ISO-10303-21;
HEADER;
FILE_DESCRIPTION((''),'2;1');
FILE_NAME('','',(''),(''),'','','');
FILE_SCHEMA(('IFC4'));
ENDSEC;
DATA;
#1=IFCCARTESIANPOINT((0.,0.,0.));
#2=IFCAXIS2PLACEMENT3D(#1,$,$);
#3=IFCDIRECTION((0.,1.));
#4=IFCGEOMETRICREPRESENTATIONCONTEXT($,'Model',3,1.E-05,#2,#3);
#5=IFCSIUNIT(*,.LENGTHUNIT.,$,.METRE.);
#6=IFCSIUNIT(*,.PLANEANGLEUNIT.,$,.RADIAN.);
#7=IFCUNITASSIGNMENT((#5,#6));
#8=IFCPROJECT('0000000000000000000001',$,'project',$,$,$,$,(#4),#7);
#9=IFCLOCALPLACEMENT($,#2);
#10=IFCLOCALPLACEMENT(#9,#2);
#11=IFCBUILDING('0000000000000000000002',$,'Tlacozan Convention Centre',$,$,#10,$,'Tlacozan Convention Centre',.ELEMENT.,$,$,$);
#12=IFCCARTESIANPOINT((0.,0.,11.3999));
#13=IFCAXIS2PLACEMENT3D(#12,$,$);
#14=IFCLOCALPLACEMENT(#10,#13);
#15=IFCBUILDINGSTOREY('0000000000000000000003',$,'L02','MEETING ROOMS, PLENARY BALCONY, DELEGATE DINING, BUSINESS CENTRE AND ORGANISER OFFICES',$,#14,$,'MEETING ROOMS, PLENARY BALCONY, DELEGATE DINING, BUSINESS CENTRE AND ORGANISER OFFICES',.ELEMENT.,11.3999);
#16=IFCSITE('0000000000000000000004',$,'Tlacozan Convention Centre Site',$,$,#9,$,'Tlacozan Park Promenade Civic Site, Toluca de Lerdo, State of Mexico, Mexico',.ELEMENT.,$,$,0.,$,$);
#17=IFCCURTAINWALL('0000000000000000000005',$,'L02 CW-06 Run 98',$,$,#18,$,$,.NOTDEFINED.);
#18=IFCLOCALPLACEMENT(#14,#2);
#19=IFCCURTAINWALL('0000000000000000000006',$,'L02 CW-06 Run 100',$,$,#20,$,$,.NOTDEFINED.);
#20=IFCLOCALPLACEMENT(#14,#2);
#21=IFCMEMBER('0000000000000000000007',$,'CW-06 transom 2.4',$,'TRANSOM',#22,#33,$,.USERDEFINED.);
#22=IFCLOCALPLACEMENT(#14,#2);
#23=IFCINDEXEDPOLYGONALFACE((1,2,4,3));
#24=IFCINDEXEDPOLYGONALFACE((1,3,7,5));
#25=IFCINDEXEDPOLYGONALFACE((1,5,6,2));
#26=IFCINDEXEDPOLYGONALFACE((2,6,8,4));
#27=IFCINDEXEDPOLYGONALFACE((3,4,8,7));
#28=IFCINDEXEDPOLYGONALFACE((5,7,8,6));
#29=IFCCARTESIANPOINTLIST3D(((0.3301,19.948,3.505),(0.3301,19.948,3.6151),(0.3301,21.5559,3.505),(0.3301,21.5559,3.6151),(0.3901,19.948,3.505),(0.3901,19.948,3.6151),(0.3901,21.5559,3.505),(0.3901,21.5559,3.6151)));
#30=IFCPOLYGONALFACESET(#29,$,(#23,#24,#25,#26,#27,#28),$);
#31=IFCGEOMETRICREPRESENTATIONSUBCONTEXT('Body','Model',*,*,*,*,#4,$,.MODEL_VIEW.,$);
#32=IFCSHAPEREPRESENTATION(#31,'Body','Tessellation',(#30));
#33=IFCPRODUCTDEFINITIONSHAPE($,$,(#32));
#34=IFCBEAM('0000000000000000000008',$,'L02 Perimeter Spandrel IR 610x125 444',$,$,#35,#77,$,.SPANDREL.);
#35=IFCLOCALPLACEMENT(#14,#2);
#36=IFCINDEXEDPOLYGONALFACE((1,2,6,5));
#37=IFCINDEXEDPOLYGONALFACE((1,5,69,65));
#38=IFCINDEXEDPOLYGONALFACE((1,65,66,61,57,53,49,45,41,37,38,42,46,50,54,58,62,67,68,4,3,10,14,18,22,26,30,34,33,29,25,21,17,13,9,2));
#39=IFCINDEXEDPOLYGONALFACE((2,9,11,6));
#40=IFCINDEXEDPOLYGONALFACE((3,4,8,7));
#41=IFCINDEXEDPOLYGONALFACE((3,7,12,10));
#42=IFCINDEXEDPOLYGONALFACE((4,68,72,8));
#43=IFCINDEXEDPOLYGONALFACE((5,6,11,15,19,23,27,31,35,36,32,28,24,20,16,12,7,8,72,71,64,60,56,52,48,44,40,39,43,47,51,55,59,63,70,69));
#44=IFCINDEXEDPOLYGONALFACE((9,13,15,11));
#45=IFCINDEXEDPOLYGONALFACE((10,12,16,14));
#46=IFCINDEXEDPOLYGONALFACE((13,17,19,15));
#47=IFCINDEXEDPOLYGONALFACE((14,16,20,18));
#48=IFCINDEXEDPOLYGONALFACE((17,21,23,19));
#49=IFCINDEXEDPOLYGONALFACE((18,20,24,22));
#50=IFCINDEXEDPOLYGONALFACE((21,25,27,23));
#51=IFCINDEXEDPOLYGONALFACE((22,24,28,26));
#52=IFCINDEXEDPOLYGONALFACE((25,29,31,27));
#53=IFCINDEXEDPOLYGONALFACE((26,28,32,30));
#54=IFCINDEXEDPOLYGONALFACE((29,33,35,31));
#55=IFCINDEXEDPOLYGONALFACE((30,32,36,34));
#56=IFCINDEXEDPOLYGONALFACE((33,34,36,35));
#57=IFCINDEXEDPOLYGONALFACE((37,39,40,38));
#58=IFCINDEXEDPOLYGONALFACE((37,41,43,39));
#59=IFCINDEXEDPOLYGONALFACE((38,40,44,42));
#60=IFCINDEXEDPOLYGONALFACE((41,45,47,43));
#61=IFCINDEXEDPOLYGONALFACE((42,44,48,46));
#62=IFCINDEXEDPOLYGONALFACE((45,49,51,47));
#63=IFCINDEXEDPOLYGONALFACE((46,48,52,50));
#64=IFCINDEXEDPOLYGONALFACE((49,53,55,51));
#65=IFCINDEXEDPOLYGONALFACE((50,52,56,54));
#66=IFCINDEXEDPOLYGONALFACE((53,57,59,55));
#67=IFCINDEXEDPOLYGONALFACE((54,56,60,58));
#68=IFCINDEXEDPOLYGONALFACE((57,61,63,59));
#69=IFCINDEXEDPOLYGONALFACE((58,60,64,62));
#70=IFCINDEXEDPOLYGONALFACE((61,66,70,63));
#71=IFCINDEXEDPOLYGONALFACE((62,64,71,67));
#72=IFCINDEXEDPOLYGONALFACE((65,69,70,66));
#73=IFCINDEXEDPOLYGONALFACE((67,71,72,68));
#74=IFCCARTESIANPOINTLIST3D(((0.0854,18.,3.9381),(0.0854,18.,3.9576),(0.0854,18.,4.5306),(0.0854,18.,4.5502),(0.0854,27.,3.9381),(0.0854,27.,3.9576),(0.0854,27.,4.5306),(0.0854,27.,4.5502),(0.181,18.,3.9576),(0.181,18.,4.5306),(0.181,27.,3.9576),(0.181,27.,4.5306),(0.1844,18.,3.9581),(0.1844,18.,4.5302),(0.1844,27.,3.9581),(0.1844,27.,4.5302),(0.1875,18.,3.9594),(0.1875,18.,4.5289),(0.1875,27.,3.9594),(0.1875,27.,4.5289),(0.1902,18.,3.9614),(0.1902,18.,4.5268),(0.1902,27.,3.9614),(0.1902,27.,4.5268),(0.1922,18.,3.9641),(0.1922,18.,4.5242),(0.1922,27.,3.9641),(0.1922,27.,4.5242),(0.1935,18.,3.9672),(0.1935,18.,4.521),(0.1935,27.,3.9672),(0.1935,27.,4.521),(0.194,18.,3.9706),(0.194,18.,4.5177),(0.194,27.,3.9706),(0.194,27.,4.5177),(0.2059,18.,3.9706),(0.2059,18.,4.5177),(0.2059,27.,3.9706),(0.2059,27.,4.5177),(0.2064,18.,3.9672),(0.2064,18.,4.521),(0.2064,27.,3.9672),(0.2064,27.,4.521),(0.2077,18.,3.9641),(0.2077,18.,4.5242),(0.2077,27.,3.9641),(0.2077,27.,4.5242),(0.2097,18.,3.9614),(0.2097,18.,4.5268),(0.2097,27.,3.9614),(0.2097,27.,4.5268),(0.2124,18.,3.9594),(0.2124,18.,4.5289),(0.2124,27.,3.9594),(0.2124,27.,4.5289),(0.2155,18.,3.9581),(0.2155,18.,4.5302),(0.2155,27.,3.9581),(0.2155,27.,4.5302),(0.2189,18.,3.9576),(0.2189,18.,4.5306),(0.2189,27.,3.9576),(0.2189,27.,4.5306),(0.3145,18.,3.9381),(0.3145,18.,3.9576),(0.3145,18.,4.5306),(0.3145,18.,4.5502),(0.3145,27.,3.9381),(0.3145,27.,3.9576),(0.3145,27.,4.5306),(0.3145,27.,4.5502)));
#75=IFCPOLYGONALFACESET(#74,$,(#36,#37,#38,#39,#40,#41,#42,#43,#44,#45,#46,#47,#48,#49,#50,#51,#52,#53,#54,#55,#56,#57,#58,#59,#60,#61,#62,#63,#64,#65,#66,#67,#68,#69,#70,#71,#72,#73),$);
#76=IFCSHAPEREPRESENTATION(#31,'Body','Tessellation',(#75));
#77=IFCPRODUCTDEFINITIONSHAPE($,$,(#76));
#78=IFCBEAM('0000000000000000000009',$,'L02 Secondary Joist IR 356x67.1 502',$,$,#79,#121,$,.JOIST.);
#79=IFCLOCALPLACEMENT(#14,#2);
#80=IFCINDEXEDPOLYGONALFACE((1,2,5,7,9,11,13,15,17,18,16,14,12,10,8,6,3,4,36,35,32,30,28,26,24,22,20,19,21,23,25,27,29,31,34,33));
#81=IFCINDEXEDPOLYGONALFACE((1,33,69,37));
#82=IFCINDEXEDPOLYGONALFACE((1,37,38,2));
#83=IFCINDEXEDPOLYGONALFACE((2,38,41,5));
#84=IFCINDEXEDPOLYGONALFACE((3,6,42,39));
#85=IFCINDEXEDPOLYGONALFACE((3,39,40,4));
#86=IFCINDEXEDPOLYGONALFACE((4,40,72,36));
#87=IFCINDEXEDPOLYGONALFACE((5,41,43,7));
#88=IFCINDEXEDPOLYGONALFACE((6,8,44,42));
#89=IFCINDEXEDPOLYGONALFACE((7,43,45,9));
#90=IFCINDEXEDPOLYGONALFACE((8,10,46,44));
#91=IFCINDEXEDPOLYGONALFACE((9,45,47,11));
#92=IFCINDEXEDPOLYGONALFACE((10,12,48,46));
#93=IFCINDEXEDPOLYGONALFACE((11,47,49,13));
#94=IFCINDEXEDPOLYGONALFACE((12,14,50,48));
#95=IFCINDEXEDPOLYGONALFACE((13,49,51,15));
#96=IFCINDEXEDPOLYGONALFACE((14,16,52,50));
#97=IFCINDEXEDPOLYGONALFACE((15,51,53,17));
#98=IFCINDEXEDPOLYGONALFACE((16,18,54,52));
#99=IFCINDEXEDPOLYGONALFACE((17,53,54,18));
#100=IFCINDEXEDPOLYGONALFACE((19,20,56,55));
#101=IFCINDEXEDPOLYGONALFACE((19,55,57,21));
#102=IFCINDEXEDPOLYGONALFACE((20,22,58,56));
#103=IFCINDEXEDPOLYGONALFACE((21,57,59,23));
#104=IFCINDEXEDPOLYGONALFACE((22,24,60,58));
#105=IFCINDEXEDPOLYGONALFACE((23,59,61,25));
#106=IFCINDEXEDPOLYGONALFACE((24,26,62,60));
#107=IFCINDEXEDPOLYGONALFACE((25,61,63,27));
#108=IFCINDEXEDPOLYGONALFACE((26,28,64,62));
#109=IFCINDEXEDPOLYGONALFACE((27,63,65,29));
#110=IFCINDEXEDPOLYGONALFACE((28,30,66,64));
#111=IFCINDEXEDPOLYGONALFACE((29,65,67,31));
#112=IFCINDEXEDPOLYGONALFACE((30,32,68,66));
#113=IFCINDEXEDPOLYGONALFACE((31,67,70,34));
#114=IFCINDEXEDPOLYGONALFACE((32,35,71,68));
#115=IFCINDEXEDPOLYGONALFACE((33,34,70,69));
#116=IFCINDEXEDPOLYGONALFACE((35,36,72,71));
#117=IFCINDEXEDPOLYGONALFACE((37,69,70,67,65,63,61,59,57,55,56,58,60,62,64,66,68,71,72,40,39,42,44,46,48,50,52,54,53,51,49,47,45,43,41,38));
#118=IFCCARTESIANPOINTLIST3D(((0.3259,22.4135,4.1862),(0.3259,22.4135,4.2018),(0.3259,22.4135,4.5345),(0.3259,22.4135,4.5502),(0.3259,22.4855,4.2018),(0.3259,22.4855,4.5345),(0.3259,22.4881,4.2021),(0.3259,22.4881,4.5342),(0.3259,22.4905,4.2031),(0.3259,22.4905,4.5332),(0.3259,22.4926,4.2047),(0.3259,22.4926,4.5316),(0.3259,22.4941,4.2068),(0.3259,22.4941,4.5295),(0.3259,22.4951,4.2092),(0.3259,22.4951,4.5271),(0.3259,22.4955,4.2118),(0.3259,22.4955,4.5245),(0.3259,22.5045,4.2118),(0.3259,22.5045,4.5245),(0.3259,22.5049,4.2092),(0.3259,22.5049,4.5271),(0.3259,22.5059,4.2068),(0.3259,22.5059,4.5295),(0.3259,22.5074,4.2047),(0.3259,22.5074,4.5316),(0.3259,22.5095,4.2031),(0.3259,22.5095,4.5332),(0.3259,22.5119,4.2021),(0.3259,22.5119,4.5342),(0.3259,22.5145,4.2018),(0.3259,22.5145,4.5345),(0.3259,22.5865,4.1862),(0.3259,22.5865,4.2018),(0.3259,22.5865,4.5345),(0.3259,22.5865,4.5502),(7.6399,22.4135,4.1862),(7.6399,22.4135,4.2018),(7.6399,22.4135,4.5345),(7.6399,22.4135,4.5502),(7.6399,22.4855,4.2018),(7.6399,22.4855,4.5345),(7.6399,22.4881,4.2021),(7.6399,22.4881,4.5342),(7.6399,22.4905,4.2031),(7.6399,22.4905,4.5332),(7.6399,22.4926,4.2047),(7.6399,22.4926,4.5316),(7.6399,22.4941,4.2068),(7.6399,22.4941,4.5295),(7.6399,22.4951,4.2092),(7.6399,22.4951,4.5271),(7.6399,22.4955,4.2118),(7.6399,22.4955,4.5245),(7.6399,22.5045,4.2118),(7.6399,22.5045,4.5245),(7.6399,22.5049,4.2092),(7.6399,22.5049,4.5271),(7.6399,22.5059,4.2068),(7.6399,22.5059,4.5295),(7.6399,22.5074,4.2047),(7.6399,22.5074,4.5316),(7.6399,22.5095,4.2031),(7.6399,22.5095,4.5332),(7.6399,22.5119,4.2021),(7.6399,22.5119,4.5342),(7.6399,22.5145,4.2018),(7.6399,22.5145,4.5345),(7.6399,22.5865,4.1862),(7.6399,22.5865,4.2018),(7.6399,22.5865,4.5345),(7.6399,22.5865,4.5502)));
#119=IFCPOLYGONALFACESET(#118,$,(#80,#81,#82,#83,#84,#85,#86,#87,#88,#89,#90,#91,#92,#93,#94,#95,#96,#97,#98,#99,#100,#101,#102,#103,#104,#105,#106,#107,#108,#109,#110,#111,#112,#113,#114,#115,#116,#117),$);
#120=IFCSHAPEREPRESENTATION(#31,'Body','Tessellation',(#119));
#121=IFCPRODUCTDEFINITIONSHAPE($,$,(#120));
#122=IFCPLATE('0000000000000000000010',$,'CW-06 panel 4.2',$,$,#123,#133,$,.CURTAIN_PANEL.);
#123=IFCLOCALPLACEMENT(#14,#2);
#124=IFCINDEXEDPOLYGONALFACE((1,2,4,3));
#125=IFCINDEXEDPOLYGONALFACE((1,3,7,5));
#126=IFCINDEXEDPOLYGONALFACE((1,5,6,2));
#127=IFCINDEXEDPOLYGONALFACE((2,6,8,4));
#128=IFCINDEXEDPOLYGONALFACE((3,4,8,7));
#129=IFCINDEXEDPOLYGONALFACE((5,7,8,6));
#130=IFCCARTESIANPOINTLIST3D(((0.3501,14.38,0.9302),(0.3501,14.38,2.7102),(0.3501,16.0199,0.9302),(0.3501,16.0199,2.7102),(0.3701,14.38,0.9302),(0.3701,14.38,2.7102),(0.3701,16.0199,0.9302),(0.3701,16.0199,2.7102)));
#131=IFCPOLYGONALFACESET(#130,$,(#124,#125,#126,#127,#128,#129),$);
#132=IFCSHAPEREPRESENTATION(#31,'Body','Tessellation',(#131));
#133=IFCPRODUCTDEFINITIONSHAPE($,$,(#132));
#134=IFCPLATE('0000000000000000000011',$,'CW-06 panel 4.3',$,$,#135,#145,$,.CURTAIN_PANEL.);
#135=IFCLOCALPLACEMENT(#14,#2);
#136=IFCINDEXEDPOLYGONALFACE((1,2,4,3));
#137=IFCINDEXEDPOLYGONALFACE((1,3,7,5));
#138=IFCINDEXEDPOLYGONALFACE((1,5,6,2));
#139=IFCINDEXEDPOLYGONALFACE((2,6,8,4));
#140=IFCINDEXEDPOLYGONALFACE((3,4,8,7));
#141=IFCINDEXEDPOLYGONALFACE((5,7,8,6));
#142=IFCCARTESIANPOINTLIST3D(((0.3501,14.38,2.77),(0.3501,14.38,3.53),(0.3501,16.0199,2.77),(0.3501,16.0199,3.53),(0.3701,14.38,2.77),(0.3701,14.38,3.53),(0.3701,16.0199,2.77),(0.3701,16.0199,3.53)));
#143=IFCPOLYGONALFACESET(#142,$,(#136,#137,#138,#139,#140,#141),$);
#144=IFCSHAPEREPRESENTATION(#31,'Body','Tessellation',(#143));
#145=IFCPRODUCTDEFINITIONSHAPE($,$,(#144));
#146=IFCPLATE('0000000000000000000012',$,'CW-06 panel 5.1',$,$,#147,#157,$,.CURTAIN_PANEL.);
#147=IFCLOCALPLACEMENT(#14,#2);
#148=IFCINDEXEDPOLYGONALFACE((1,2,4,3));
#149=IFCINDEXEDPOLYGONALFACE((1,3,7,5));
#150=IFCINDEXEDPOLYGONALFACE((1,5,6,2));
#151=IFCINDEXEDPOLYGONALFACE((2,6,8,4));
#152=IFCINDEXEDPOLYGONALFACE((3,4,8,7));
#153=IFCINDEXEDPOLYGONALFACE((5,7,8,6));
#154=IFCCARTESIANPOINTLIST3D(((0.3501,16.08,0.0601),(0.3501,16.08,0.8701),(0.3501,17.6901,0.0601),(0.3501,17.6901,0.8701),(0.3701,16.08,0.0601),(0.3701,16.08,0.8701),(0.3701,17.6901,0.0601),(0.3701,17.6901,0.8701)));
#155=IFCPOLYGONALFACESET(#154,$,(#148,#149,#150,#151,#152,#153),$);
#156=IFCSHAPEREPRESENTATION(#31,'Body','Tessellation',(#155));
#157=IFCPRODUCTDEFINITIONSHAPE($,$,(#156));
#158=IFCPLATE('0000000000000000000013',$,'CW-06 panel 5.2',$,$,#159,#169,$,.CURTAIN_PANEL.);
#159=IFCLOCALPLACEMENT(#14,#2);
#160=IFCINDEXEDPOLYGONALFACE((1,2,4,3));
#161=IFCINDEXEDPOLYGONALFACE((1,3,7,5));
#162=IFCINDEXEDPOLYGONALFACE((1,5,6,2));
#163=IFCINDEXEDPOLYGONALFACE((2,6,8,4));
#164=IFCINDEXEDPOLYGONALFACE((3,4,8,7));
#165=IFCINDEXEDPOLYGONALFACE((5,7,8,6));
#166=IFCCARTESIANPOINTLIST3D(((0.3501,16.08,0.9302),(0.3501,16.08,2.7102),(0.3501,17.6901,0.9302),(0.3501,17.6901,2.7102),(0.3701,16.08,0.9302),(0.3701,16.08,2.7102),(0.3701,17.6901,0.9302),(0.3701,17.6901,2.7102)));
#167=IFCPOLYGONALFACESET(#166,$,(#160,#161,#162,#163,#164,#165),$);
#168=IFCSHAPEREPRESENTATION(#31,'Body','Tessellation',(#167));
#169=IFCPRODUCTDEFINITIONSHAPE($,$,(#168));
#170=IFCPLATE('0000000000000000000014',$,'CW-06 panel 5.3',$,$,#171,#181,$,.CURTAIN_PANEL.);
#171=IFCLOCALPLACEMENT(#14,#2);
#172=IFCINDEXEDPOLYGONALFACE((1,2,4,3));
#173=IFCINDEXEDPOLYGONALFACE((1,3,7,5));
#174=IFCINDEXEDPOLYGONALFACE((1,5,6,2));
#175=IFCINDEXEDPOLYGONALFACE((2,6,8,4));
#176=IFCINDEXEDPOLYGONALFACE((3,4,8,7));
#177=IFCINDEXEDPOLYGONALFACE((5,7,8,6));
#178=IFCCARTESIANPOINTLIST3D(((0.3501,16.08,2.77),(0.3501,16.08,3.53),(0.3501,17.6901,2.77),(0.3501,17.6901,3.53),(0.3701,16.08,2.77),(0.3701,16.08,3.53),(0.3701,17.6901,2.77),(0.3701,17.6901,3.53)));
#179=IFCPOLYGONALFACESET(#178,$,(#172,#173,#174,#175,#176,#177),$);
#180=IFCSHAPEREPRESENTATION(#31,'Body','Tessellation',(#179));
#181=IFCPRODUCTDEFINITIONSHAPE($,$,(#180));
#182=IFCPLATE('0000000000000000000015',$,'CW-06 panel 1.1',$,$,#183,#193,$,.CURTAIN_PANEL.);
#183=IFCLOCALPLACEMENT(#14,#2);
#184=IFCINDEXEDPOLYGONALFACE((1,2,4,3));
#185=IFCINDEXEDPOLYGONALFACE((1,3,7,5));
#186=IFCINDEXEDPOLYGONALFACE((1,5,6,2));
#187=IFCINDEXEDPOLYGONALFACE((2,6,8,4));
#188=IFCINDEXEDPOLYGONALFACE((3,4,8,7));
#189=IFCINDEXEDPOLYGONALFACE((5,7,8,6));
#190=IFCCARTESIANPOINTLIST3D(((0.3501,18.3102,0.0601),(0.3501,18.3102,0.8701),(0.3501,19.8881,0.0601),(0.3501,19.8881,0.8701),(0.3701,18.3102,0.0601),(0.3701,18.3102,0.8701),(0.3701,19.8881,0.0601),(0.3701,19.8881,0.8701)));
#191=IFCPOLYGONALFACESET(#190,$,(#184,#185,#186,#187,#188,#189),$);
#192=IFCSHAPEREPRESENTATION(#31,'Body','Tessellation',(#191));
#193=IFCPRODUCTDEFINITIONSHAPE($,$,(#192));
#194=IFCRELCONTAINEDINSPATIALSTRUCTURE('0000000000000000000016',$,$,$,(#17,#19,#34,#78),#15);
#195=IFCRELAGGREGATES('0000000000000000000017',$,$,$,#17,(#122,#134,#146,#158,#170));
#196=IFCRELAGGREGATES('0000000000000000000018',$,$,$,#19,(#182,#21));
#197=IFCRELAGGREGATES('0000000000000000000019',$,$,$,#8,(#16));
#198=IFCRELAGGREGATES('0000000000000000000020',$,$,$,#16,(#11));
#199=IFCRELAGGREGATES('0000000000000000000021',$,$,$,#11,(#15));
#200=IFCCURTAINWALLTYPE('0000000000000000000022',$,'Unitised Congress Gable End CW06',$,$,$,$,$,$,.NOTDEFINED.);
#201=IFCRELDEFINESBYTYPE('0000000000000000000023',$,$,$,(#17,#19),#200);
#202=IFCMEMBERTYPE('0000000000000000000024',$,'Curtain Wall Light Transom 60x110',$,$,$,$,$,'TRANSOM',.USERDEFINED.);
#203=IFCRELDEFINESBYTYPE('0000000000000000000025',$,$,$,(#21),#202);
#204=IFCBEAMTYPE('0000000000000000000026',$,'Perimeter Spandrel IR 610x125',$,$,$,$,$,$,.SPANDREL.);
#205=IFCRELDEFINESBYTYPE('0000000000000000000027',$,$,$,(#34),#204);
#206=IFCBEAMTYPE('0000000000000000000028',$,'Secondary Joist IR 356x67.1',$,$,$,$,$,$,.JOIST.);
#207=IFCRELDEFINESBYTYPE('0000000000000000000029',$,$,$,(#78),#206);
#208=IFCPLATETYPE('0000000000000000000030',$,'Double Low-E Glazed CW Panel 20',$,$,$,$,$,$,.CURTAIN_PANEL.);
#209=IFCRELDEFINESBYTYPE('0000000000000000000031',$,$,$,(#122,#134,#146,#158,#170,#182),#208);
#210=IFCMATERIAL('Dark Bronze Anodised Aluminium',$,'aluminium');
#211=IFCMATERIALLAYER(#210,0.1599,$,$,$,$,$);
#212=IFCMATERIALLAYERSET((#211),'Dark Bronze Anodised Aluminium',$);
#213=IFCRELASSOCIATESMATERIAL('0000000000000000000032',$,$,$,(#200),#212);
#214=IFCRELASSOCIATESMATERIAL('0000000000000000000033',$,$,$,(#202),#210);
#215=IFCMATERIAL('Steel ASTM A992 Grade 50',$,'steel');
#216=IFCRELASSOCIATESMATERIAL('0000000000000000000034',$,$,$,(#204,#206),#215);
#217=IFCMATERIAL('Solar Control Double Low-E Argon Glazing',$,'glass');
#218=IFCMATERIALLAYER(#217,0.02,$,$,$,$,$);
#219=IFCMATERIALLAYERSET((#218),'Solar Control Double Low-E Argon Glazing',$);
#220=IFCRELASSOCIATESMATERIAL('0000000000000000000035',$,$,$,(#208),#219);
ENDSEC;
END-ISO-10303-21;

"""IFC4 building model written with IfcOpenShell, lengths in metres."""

from ifc_helpers import new_model, si_unit, direction, frame, origin, origin_2d, place, context, subcontext, project, spatial, rectangle, i_section, extrude, material, layer, layer_set, material_profile, profile_set, type_object, element, aggregate, save


model = new_model("IFC4")

# Units and contexts
model_context = context("Model", 3, precision=1e-05, world=origin(), true_north=direction((0.0, 1.0)))
body_context = subcontext(model_context, "Body", "Model", "MODEL_VIEW")
ifc_project = project(units=[si_unit("LENGTHUNIT", "METRE"), si_unit("PLANEANGLEUNIT", "RADIAN")], contexts=[model_context])

# Site, building, storey
site_placement = place(None, origin())
site = spatial("IfcSite", under=ifc_project, at=site_placement, Name="Tlacozan Convention Centre Site", LongName="Tlacozan Park Promenade Civic Site, Toluca de Lerdo, State of Mexico, Mexico", CompositionType="ELEMENT", RefElevation=0.0)
building_placement = place(site_placement, origin())
building = spatial("IfcBuilding", under=site, at=building_placement, Name="Tlacozan Convention Centre", LongName="Tlacozan Convention Centre", CompositionType="ELEMENT")
storey_placement = place(building_placement, frame((0.0, 0.0, 11.3999)))
storey = spatial("IfcBuildingStorey", under=building, at=storey_placement, Name="L02", Description="MEETING ROOMS, PLENARY BALCONY, DELEGATE DINING, BUSINESS CENTRE AND ORGANISER OFFICES", LongName="MEETING ROOMS, PLENARY BALCONY, DELEGATE DINING, BUSINESS CENTRE AND ORGANISER OFFICES", CompositionType="ELEMENT", Elevation=11.3999)

# Curtain walls
ifc_material_1 = material(Name="Dark Bronze Anodised Aluminium", Category="aluminium")
ifc_layer_1 = layer(ifc_material_1, 0.1599)
ifc_layer_set_1 = layer_set([ifc_layer_1], Name="Dark Bronze Anodised Aluminium")
curtain_wall_type = type_object("IfcCurtainWallType", Name="Unitised Congress Gable End CW06", PredefinedType="NOTDEFINED", material=ifc_layer_set_1)
curtain_wall_1_placement = place(storey_placement, origin())
curtain_wall_1 = element("IfcCurtainWall", 1, at=curtain_wall_1_placement, inside=storey, type_object=curtain_wall_type, Name="L02 CW-06 Run 98", PredefinedType="NOTDEFINED")
curtain_wall_2_placement = place(storey_placement, origin())
curtain_wall_2 = element("IfcCurtainWall", 2, at=curtain_wall_2_placement, inside=storey, type_object=curtain_wall_type, Name="L02 CW-06 Run 100", PredefinedType="NOTDEFINED")

# Member
ifc_material_profile_1 = material_profile(ifc_material_1, rectangle(XDim=0.0601, YDim=0.1101, at=origin_2d()), Name="ALU 60x110")
ifc_profile_set_1 = profile_set([ifc_material_profile_1], Name="Dark Bronze Anodised Aluminium")
member_type_1 = type_object("IfcMemberType", Name="Curtain Wall Light Transom 60x110", ElementType="TRANSOM", PredefinedType="USERDEFINED", material=ifc_profile_set_1)
member_1_placement = place(storey_placement, frame((0.3601, 19.948, 3.5601), z_axis=(0.0, 1.0, 0.0), x_axis=(-1.0, 0.0, 0.0)))
member_1 = element("IfcMember", 3, at=member_1_placement, type_object=member_type_1, Name="CW-06 transom 2.4", ObjectType="TRANSOM", PredefinedType="USERDEFINED", context=body_context, shape_type="SweptSolid", body=[
    extrude(rectangle(XDim=0.0601, YDim=0.1101, at=origin_2d()), origin(), (0.0, 0.0, 1.0), 1.6079),
])

# Beams
ifc_material_2 = material(Name="Steel ASTM A992 Grade 50", Category="steel")
ifc_material_profile_2 = material_profile(ifc_material_2, i_section(OverallWidth=0.229, OverallDepth=0.6121, WebThickness=0.012, FlangeThickness=0.0195, FilletRadius=0.0129, at=origin_2d()), Name="IR 610x125.0")
ifc_profile_set_2 = profile_set([ifc_material_profile_2], Name="Steel ASTM A992 Grade 50")
beam_type_1 = type_object("IfcBeamType", Name="Perimeter Spandrel IR 610x125", PredefinedType="SPANDREL", material=ifc_profile_set_2)
beam_1_placement = place(storey_placement, frame((0.2, 18.0, 4.2441), z_axis=(0.0, 1.0, 0.0), x_axis=(-1.0, 0.0, 0.0)))
element("IfcBeam", 4, at=beam_1_placement, inside=storey, type_object=beam_type_1, Name="L02 Perimeter Spandrel IR 610x125 444", PredefinedType="SPANDREL", context=body_context, shape_type="SweptSolid", body=[
    extrude(i_section(OverallWidth=0.229, OverallDepth=0.6121, WebThickness=0.012, FlangeThickness=0.0195, FilletRadius=0.0129, at=origin_2d()), origin(), (0.0, 0.0, 1.0), 9.0),
])
ifc_material_profile_3 = material_profile(ifc_material_2, i_section(OverallWidth=0.1731, OverallDepth=0.364, WebThickness=0.009, FlangeThickness=0.0156, FilletRadius=0.01, at=origin_2d()), Name="IR 356x67.1")
ifc_profile_set_3 = profile_set([ifc_material_profile_3], Name="Steel ASTM A992 Grade 50")
beam_type_2 = type_object("IfcBeamType", Name="Secondary Joist IR 356x67.1", PredefinedType="JOIST", material=ifc_profile_set_3)
beam_2_placement = place(storey_placement, frame((0.3259, 22.5, 4.3682), z_axis=(1.0, 0.0, 0.0), x_axis=(0.0, 1.0, 0.0)))
element("IfcBeam", 5, at=beam_2_placement, inside=storey, type_object=beam_type_2, Name="L02 Secondary Joist IR 356x67.1 502", PredefinedType="JOIST", context=body_context, shape_type="SweptSolid", body=[
    extrude(i_section(OverallWidth=0.1731, OverallDepth=0.364, WebThickness=0.009, FlangeThickness=0.0156, FilletRadius=0.01, at=origin_2d()), origin(), (0.0, 0.0, 1.0), 7.314),
])

# Plates
ifc_material_3 = material(Name="Solar Control Double Low-E Argon Glazing", Category="glass")
ifc_layer_2 = layer(ifc_material_3, 0.02)
ifc_layer_set_2 = layer_set([ifc_layer_2], Name="Solar Control Double Low-E Argon Glazing")
plate_type = type_object("IfcPlateType", Name="Double Low-E Glazed CW Panel 20", PredefinedType="CURTAIN_PANEL", material=ifc_layer_set_2)
plate_1_placement = place(storey_placement, frame((0.3601, 15.2, 0.9302), z_axis=(0.0, 0.0, 1.0), x_axis=(0.0, 1.0, 0.0)))
plate_1 = element("IfcPlate", 6, at=plate_1_placement, type_object=plate_type, Name="CW-06 panel 4.2", PredefinedType="CURTAIN_PANEL", context=body_context, shape_type="SweptSolid", body=[
    extrude(rectangle(XDim=1.6399, YDim=0.02, at=origin_2d()), origin(), (0.0, 0.0, 1.0), 1.78),
])
plate_2_placement = place(storey_placement, frame((0.3601, 15.2, 2.77), z_axis=(0.0, 0.0, 1.0), x_axis=(0.0, 1.0, 0.0)))
plate_2 = element("IfcPlate", 7, at=plate_2_placement, type_object=plate_type, Name="CW-06 panel 4.3", PredefinedType="CURTAIN_PANEL", context=body_context, shape_type="SweptSolid", body=[
    extrude(rectangle(XDim=1.6399, YDim=0.02, at=origin_2d()), origin(), (0.0, 0.0, 1.0), 0.76),
])
plate_3_placement = place(storey_placement, frame((0.3601, 16.885, 0.0601), z_axis=(0.0, 0.0, 1.0), x_axis=(0.0, 1.0, 0.0)))
plate_3 = element("IfcPlate", 8, at=plate_3_placement, type_object=plate_type, Name="CW-06 panel 5.1", PredefinedType="CURTAIN_PANEL", context=body_context, shape_type="SweptSolid", body=[
    extrude(rectangle(XDim=1.6101, YDim=0.02, at=origin_2d()), origin(), (0.0, 0.0, 1.0), 0.8101),
])
plate_4_placement = place(storey_placement, frame((0.3601, 16.885, 0.9302), z_axis=(0.0, 0.0, 1.0), x_axis=(0.0, 1.0, 0.0)))
plate_4 = element("IfcPlate", 9, at=plate_4_placement, type_object=plate_type, Name="CW-06 panel 5.2", PredefinedType="CURTAIN_PANEL", context=body_context, shape_type="SweptSolid", body=[
    extrude(rectangle(XDim=1.6101, YDim=0.02, at=origin_2d()), origin(), (0.0, 0.0, 1.0), 1.78),
])
plate_5_placement = place(storey_placement, frame((0.3601, 16.885, 2.77), z_axis=(0.0, 0.0, 1.0), x_axis=(0.0, 1.0, 0.0)))
plate_5 = element("IfcPlate", 10, at=plate_5_placement, type_object=plate_type, Name="CW-06 panel 5.3", PredefinedType="CURTAIN_PANEL", context=body_context, shape_type="SweptSolid", body=[
    extrude(rectangle(XDim=1.6101, YDim=0.02, at=origin_2d()), origin(), (0.0, 0.0, 1.0), 0.76),
])
aggregate(curtain_wall_1, [plate_1, plate_2, plate_3, plate_4, plate_5])
plate_6_placement = place(storey_placement, frame((0.3601, 19.0991, 0.0601), z_axis=(0.0, 0.0, 1.0), x_axis=(0.0, 1.0, 0.0)))
plate_6 = element("IfcPlate", 11, at=plate_6_placement, type_object=plate_type, Name="CW-06 panel 1.1", PredefinedType="CURTAIN_PANEL", context=body_context, shape_type="SweptSolid", body=[
    extrude(rectangle(XDim=1.5779, YDim=0.02, at=origin_2d()), origin(), (0.0, 0.0, 1.0), 0.8101),
])
aggregate(curtain_wall_2, [plate_6, member_1])

save(model, "model.ifc")
